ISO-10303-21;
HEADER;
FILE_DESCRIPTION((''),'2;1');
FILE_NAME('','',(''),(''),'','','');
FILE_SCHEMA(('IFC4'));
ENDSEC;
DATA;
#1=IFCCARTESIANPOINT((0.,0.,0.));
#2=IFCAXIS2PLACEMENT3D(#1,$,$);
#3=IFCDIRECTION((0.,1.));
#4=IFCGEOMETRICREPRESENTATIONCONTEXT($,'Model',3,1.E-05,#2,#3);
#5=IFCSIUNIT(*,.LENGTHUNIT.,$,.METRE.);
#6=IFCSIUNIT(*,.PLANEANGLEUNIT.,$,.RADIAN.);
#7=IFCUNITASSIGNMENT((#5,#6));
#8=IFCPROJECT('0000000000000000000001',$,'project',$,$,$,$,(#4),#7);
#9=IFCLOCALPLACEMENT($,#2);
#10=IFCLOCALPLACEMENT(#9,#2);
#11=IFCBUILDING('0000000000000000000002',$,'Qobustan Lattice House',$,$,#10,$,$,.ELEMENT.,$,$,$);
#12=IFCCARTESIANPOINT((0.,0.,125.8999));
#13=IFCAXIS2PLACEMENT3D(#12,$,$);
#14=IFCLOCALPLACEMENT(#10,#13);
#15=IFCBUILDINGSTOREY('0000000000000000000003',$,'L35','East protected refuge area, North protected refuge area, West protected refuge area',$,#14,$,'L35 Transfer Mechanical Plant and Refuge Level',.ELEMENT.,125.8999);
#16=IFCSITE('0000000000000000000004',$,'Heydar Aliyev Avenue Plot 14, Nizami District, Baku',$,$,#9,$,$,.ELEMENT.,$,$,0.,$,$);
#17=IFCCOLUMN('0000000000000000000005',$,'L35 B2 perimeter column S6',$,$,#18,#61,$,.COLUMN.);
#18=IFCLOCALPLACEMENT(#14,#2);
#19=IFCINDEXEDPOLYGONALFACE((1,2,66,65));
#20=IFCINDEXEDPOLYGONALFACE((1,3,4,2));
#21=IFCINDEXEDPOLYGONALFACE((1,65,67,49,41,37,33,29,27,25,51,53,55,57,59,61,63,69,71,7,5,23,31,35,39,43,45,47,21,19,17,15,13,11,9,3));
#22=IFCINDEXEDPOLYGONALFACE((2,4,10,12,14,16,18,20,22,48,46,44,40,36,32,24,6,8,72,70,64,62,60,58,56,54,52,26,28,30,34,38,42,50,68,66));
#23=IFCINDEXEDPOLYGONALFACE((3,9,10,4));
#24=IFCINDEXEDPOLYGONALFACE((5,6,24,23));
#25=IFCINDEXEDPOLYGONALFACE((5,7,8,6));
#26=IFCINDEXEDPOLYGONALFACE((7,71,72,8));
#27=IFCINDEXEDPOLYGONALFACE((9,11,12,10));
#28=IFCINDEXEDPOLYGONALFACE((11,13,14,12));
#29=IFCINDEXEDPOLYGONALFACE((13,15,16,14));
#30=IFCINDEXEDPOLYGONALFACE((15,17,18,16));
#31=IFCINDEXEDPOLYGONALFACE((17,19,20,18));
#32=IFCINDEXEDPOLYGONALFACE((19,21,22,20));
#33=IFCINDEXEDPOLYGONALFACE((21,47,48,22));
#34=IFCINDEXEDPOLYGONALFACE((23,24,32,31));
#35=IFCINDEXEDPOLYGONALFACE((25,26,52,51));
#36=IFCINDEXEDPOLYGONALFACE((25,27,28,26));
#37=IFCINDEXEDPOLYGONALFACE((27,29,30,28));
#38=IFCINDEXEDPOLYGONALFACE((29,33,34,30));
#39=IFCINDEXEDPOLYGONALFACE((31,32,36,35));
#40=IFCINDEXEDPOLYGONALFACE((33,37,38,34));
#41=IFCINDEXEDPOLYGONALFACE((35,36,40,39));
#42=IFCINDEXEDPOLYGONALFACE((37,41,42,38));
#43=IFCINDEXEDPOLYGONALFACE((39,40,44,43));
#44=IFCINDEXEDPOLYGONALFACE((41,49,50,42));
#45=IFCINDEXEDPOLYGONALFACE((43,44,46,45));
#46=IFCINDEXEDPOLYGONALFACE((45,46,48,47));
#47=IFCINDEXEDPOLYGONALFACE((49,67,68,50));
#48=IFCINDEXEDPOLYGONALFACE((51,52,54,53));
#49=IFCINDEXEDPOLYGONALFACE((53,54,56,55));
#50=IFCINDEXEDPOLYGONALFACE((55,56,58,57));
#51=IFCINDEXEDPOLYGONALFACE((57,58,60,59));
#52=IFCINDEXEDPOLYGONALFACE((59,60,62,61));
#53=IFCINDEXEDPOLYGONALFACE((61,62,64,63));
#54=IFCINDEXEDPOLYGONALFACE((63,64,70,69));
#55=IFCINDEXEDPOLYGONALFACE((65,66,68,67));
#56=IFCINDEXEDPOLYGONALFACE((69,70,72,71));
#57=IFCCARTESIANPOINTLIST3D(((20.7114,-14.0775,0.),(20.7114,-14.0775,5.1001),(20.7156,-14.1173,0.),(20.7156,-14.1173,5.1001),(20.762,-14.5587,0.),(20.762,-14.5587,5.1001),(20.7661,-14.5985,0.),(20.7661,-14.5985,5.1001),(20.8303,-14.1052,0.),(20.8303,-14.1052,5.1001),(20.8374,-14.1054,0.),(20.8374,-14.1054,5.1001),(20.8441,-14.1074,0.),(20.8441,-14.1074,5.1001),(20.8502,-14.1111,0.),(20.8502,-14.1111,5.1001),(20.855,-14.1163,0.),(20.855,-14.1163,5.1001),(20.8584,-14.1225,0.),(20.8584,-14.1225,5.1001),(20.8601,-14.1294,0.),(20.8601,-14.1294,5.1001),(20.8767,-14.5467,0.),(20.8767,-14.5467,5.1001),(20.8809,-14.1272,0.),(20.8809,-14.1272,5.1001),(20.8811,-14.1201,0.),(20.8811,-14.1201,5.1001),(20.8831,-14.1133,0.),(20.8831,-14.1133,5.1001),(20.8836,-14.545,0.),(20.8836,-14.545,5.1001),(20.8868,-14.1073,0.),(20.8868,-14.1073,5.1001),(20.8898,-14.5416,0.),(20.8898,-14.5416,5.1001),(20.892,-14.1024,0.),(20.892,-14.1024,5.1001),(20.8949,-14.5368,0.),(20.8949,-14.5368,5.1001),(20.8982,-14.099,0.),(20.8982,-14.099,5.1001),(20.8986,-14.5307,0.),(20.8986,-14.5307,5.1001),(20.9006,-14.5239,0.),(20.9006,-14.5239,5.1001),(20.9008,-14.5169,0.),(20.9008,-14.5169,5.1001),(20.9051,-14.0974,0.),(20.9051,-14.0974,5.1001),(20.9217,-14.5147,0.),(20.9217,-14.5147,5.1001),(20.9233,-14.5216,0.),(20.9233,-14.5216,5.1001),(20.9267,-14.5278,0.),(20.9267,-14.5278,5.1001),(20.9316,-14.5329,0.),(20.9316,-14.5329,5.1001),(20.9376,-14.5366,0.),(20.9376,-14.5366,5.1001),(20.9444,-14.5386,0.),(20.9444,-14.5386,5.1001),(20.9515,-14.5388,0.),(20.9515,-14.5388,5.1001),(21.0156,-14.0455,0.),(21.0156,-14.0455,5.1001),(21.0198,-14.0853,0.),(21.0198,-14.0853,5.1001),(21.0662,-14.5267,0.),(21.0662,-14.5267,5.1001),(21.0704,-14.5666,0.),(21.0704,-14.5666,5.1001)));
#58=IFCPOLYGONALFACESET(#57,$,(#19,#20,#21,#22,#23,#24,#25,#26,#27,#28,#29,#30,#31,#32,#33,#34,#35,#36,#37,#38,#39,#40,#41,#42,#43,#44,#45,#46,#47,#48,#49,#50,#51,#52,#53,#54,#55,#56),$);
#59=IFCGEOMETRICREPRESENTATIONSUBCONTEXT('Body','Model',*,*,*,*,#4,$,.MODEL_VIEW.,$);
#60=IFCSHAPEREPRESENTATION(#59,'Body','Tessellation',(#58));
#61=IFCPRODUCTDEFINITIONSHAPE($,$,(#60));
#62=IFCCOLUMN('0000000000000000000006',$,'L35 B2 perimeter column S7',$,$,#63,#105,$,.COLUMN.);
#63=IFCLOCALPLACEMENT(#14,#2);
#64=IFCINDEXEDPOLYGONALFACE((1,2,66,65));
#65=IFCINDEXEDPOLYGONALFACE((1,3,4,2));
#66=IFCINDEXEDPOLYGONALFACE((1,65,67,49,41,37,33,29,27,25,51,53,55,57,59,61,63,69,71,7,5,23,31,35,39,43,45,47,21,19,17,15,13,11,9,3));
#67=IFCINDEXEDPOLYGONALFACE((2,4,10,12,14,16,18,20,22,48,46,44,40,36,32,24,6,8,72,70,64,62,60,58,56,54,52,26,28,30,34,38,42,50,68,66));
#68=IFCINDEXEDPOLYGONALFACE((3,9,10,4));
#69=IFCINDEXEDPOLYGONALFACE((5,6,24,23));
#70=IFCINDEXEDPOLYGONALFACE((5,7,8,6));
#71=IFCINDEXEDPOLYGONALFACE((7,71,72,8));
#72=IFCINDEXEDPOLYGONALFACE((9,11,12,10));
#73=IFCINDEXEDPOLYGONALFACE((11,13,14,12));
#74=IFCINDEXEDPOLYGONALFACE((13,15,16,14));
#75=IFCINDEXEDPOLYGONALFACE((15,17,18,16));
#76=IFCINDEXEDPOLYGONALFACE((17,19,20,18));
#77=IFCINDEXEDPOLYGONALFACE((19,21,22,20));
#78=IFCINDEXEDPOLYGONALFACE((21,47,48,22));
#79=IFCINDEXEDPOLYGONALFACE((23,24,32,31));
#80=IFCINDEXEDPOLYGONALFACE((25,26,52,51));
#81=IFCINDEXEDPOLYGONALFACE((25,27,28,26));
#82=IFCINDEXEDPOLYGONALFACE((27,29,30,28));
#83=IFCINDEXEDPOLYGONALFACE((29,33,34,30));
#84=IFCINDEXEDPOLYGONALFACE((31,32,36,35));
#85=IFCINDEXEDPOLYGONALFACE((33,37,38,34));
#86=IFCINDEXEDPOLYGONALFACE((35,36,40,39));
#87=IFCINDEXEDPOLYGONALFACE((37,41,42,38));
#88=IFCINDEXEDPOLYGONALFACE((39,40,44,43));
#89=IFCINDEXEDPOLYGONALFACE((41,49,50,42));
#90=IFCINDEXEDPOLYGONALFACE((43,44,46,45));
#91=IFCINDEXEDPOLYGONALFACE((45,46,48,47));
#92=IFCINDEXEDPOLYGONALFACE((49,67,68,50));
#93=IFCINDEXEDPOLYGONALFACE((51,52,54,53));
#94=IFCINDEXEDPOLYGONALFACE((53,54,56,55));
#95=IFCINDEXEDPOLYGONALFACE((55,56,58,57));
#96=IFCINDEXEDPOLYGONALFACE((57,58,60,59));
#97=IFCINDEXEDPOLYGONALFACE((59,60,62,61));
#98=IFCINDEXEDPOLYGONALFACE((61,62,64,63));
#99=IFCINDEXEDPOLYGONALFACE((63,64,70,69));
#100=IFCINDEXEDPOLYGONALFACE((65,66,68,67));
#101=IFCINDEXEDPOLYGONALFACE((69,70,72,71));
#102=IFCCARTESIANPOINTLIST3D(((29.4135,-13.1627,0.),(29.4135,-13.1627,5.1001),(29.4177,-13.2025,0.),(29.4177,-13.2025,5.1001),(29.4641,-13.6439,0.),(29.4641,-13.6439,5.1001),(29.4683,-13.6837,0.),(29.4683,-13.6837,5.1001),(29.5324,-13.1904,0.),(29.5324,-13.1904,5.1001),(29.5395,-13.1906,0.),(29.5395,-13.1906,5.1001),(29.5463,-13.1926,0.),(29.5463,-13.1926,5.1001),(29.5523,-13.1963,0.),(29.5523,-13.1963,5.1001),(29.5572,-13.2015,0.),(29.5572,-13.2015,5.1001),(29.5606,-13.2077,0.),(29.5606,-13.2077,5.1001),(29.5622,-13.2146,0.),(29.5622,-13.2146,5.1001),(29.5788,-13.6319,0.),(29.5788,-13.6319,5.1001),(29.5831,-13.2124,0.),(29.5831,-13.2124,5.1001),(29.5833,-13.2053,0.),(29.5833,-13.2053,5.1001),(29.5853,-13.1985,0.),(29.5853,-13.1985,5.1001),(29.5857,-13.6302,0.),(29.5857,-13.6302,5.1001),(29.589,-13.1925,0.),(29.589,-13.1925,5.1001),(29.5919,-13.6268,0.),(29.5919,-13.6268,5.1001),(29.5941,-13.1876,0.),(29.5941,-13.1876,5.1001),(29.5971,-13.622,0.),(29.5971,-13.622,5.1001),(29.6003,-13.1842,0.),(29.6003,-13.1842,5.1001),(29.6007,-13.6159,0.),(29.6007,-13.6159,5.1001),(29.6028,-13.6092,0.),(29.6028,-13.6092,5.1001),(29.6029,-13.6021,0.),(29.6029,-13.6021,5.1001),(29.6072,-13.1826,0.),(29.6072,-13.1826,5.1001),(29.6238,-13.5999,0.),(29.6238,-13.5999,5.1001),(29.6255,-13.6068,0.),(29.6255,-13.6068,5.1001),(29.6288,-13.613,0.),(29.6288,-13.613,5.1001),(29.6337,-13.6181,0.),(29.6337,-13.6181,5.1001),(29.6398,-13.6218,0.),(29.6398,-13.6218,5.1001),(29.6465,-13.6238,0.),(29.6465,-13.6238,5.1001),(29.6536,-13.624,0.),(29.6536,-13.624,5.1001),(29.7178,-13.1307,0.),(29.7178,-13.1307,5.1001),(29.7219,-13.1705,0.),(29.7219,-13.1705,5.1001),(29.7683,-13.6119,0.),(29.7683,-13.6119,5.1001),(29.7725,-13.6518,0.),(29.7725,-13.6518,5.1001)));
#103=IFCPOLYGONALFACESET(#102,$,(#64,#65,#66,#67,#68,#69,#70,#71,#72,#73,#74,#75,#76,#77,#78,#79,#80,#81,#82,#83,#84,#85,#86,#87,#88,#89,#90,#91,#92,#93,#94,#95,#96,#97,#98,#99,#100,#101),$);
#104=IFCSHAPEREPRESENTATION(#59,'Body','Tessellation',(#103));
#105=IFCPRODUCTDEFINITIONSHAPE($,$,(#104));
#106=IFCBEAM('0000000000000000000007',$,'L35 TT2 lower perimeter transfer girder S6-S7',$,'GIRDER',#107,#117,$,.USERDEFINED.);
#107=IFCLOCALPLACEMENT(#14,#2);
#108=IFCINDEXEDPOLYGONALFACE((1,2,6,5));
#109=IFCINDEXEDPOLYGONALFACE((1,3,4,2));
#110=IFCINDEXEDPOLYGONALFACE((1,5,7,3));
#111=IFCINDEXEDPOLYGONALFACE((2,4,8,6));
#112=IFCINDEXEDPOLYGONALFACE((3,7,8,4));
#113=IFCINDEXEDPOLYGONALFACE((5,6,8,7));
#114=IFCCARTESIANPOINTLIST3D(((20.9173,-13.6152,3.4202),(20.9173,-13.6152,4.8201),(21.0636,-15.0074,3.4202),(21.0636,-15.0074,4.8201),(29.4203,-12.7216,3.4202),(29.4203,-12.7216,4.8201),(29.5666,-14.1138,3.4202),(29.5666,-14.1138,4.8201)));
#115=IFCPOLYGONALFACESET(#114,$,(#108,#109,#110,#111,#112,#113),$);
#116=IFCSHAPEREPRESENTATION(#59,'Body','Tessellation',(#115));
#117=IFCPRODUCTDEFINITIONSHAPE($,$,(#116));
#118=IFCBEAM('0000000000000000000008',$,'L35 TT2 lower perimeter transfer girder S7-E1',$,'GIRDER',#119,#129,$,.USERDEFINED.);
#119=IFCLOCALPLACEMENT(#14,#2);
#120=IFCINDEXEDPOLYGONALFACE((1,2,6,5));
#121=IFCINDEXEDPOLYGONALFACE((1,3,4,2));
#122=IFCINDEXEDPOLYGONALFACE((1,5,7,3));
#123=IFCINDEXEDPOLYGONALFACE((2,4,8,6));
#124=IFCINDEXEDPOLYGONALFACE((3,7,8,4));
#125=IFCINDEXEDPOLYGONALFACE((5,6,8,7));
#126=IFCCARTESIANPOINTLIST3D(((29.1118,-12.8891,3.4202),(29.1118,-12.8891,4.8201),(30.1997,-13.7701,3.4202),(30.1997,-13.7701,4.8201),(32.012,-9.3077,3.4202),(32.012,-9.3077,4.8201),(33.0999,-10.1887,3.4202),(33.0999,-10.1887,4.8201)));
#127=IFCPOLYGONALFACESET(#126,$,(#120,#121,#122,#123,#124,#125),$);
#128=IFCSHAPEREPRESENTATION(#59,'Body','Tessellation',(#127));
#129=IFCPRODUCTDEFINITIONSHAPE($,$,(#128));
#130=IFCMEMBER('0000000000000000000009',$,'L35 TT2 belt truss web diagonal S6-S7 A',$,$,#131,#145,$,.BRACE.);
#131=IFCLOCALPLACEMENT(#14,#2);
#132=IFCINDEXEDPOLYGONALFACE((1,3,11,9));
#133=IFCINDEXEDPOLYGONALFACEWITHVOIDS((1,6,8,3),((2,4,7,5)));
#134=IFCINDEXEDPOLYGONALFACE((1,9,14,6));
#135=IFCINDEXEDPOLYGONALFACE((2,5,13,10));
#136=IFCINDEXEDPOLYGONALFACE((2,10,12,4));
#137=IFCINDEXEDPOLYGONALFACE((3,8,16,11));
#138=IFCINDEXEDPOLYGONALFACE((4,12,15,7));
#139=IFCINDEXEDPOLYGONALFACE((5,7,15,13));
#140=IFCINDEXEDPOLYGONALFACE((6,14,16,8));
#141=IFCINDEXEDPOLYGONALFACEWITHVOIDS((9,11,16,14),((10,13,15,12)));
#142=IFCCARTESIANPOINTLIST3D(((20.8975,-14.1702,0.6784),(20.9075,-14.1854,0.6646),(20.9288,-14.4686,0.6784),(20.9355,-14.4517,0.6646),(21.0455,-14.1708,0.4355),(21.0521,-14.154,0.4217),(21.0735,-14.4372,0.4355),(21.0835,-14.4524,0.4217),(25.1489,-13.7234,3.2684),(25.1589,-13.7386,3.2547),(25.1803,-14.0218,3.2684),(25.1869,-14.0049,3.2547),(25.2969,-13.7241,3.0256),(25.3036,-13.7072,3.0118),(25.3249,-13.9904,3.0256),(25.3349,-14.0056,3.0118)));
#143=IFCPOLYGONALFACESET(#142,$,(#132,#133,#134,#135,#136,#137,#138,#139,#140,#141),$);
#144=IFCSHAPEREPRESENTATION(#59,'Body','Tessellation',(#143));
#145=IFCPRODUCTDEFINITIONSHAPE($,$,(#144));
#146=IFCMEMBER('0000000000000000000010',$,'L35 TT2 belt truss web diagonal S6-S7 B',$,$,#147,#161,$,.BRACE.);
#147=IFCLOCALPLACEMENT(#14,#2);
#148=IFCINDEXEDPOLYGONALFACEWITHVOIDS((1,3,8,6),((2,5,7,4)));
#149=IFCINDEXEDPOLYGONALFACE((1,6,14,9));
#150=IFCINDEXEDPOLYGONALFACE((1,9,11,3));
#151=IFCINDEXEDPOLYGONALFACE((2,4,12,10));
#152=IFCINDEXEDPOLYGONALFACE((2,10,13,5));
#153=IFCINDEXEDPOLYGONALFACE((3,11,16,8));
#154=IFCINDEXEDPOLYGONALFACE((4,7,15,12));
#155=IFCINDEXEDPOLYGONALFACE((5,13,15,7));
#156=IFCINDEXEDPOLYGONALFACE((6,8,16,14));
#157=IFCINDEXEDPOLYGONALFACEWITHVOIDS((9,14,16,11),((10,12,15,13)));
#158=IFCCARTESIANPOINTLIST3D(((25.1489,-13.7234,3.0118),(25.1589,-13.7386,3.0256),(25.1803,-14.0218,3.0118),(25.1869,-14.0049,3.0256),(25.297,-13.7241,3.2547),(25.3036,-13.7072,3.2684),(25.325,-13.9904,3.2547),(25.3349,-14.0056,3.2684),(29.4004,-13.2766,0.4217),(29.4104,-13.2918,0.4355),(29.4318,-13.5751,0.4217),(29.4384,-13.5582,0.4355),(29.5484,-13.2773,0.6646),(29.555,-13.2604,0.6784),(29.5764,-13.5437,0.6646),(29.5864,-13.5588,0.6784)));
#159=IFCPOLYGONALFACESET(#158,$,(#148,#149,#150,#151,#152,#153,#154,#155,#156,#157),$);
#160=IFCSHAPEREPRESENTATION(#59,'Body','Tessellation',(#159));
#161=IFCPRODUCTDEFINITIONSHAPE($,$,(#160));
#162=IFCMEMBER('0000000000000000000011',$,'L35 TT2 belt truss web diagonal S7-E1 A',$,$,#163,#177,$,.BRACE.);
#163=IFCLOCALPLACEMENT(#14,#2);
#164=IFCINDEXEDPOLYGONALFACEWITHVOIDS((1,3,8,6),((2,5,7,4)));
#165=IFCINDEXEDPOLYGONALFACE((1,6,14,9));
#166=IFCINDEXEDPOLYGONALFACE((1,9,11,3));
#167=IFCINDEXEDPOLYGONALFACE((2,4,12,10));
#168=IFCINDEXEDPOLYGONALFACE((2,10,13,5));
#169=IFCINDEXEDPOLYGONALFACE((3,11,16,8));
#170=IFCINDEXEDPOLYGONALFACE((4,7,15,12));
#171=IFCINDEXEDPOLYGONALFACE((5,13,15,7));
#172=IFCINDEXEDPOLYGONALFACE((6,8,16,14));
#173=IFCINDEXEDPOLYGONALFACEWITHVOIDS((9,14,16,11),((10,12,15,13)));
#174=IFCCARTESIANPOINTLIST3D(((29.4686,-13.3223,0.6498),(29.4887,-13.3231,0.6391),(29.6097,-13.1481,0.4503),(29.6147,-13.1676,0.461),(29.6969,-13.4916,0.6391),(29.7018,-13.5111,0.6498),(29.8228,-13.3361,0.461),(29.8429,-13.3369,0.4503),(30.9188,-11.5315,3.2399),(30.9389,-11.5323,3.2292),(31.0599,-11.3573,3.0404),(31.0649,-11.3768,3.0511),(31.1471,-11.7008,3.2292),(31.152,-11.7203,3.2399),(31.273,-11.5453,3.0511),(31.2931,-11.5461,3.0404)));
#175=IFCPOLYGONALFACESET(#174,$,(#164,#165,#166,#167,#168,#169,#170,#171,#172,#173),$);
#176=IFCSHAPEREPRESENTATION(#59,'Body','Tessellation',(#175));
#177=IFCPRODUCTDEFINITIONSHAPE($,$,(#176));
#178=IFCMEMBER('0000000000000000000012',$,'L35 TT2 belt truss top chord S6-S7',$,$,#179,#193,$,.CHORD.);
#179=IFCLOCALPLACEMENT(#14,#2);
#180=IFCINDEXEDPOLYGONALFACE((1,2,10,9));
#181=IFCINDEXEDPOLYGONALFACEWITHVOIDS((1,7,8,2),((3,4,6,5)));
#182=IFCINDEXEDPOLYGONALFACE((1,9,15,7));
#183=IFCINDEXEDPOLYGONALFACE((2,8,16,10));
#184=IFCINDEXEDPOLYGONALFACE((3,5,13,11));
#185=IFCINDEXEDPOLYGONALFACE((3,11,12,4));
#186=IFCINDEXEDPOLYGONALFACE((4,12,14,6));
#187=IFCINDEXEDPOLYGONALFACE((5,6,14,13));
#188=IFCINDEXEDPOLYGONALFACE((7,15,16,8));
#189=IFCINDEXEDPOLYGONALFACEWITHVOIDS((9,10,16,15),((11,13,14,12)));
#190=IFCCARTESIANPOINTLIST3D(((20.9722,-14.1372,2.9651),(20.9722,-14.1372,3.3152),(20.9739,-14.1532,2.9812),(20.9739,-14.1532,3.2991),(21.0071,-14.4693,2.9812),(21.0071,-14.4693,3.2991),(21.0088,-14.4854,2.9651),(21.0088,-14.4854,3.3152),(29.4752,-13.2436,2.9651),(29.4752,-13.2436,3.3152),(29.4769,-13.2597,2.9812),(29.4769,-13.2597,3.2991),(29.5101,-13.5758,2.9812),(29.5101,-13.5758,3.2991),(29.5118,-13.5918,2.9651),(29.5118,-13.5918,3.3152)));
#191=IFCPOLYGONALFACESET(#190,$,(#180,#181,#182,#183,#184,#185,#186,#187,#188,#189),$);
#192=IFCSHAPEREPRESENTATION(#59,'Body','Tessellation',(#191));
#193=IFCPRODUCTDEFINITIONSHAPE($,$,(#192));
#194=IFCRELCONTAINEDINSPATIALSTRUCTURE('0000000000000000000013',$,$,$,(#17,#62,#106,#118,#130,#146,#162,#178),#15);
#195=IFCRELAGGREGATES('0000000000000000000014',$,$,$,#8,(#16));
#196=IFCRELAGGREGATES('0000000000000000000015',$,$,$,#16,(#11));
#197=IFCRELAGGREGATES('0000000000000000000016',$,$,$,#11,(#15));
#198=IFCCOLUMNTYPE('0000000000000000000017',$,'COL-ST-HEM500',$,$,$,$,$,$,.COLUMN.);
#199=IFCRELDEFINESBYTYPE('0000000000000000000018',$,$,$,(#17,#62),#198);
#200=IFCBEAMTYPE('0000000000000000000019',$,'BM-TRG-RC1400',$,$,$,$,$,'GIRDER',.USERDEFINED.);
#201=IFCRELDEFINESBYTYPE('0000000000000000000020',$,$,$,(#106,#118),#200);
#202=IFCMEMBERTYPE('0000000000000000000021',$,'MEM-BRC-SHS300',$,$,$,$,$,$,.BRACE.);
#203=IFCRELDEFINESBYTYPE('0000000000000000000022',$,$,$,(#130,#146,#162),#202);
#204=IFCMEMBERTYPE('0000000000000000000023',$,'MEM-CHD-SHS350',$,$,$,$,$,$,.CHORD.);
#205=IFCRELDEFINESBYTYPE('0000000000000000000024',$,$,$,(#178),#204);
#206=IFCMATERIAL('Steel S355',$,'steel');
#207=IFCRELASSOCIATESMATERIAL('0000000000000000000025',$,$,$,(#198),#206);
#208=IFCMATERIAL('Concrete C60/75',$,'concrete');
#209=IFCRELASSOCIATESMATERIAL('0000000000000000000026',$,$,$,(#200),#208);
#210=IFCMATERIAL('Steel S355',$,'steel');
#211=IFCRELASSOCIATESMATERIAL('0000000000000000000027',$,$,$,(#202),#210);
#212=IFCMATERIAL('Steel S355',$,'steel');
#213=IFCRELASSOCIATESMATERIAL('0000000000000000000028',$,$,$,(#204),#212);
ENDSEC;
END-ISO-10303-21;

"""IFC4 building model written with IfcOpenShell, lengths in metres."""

from ifc_helpers import new_model, si_unit, direction, frame, origin, origin_2d, place, context, subcontext, project, spatial, rectangle, hollow_rectangle, i_section, extrude, material, material_profile, profile_set, type_object, element, save


model = new_model("IFC4")

# Units and contexts
model_context = context("Model", 3, precision=1e-05, world=origin(), true_north=direction((0.0, 1.0)))
body_context = subcontext(model_context, "Body", "Model", "MODEL_VIEW")
ifc_project = project(units=[si_unit("LENGTHUNIT", "METRE"), si_unit("PLANEANGLEUNIT", "RADIAN")], contexts=[model_context])

# Site, building, storey
site_placement = place(None, origin())
site = spatial("IfcSite", under=ifc_project, at=site_placement, Name="Heydar Aliyev Avenue Plot 14, Nizami District, Baku", CompositionType="ELEMENT", RefElevation=0.0)
building_placement = place(site_placement, origin())
building = spatial("IfcBuilding", under=site, at=building_placement, Name="Qobustan Lattice House", CompositionType="ELEMENT")
storey_placement = place(building_placement, frame((0.0, 0.0, 125.8999)))
storey = spatial("IfcBuildingStorey", under=building, at=storey_placement, Name="L35", Description="East protected refuge area, North protected refuge area, West protected refuge area", LongName="L35 Transfer Mechanical Plant and Refuge Level", CompositionType="ELEMENT", Elevation=125.8999)

# Columns
ifc_material_1 = material(Name="Steel S355", Category="steel")
ifc_material_profile_1 = material_profile(ifc_material_1, i_section(OverallWidth=0.3059, OverallDepth=0.5239, WebThickness=0.021, FlangeThickness=0.04, FilletRadius=0.0271, at=origin_2d()), Name="HEM500")
ifc_profile_set_1 = profile_set([ifc_material_profile_1], Name="Steel S355")
column_type = type_object("IfcColumnType", Name="COL-ST-HEM500", PredefinedType="COLUMN", material=ifc_profile_set_1)
for number, where, z_axis, x_axis, name in (
    (1, (20.8909, -14.322, 0.0), (0.0, 0.0, 1.0), (0.994522, 0.104528, 0.0), "L35 B2 perimeter column S6"),
    (2, (29.593, -13.4072, 0.0), (0.0, 0.0, 1.0), (0.994522, 0.104528, 0.0), "L35 B2 perimeter column S7"),
):
    element("IfcColumn", number, at=place(storey_placement, frame(where, z_axis=z_axis, x_axis=x_axis)), inside=storey, type_object=column_type, Name=name, PredefinedType="COLUMN", context=body_context, shape_type="SweptSolid", body=[
        extrude(i_section(OverallWidth=0.3059, OverallDepth=0.5239, WebThickness=0.021, FlangeThickness=0.04, FilletRadius=0.0271, at=origin_2d()), origin(), (0.0, 0.0, 1.0), 5.1001),
    ])

# Beams
ifc_material_2 = material(Name="Concrete C60/75", Category="concrete")
ifc_material_profile_2 = material_profile(ifc_material_2, rectangle(XDim=1.3999, YDim=1.3999, at=origin_2d()), Name="RC1400x1400")
ifc_profile_set_2 = profile_set([ifc_material_profile_2], Name="Concrete C60/75")
beam_type = type_object("IfcBeamType", Name="BM-TRG-RC1400", ElementType="GIRDER", PredefinedType="USERDEFINED", material=ifc_profile_set_2)
beam_1_placement = place(storey_placement, frame((20.9905, -14.3113, 4.1201), z_axis=(0.994524, 0.104512, 0.0), x_axis=(-0.104512, 0.994524, 0.0)))
element("IfcBeam", 3, at=beam_1_placement, inside=storey, type_object=beam_type, Name="L35 TT2 lower perimeter transfer girder S6-S7", ObjectType="GIRDER", PredefinedType="USERDEFINED", context=body_context, shape_type="SweptSolid", body=[
    extrude(rectangle(XDim=1.3999, YDim=1.3999, at=origin_2d()), origin(), (0.0, 0.0, 1.0), 8.5498),
])
beam_2_placement = place(storey_placement, frame((29.6558, -13.3296, 4.1201), z_axis=(0.629329, 0.777139, 0.0), x_axis=(-0.777139, 0.629329, 0.0)))
element("IfcBeam", 4, at=beam_2_placement, inside=storey, type_object=beam_type, Name="L35 TT2 lower perimeter transfer girder S7-E1", ObjectType="GIRDER", PredefinedType="USERDEFINED", context=body_context, shape_type="SweptSolid", body=[
    extrude(rectangle(XDim=1.3999, YDim=1.3999, at=origin_2d()), origin(), (0.0, 0.0, 1.0), 4.6084),
])

# Members
ifc_material_3 = material(Name="Steel S355", Category="steel")
ifc_material_profile_3 = material_profile(ifc_material_3, hollow_rectangle(XDim=0.3, YDim=0.3, WallThickness=0.0161, at=origin_2d()), Name="SHS300x300x16")
ifc_profile_set_3 = profile_set([ifc_material_profile_3], Name="Steel S355")
member_type_1 = type_object("IfcMemberType", Name="MEM-BRC-SHS300", PredefinedType="BRACE", material=ifc_profile_set_3)
for number, where, z_axis, x_axis, name in (
    (5, (20.9905, -14.3113, 0.55), (0.85058, 0.089386, 0.518193), (-0.104512, 0.994524, 0.0), "L35 TT2 belt truss web diagonal S6-S7 A"),
    (6, (25.2419, -13.8645, 3.1401), (0.85058, 0.089386, -0.518193), (-0.104512, 0.994524, 0.0), "L35 TT2 belt truss web diagonal S6-S7 B"),
):
    element("IfcMember", number, at=place(storey_placement, frame(where, z_axis=z_axis, x_axis=x_axis)), inside=storey, type_object=member_type_1, Name=name, PredefinedType="BRACE", context=body_context, shape_type="SweptSolid", body=[
        extrude(hollow_rectangle(XDim=0.3, YDim=0.3, WallThickness=0.0161, at=origin_2d()), origin(), (0.0, 0.0, 1.0), 4.9983),
    ])
member_1_placement = place(storey_placement, frame((29.6558, -13.3296, 0.55), z_axis=(0.418313, 0.516554, 0.747119), x_axis=(-0.777134, 0.629335, 0.0)))
element("IfcMember", 7, at=member_1_placement, inside=storey, type_object=member_type_1, Name="L35 TT2 belt truss web diagonal S7-E1 A", PredefinedType="BRACE", context=body_context, shape_type="SweptSolid", body=[
    extrude(hollow_rectangle(XDim=0.3, YDim=0.3, WallThickness=0.0161, at=origin_2d()), origin(), (0.0, 0.0, 1.0), 3.4668),
])
ifc_material_4 = material(Name="Steel S355", Category="steel")
ifc_material_profile_4 = material_profile(ifc_material_4, hollow_rectangle(XDim=0.3501, YDim=0.3501, WallThickness=0.0161, at=origin_2d()), Name="SHS350x350x16")
ifc_profile_set_4 = profile_set([ifc_material_profile_4], Name="Steel S355")
member_type_2 = type_object("IfcMemberType", Name="MEM-CHD-SHS350", PredefinedType="CHORD", material=ifc_profile_set_4)
member_2_placement = place(storey_placement, frame((20.9905, -14.3113, 3.1401), z_axis=(0.994524, 0.104512, 0.0), x_axis=(-0.104512, 0.994524, 0.0)))
element("IfcMember", 8, at=member_2_placement, inside=storey, type_object=member_type_2, Name="L35 TT2 belt truss top chord S6-S7", PredefinedType="CHORD", context=body_context, shape_type="SweptSolid", body=[
    extrude(hollow_rectangle(XDim=0.3501, YDim=0.3501, WallThickness=0.0161, at=origin_2d()), origin(), (0.0, 0.0, 1.0), 8.5498),
])

save(model, "model.ifc")
